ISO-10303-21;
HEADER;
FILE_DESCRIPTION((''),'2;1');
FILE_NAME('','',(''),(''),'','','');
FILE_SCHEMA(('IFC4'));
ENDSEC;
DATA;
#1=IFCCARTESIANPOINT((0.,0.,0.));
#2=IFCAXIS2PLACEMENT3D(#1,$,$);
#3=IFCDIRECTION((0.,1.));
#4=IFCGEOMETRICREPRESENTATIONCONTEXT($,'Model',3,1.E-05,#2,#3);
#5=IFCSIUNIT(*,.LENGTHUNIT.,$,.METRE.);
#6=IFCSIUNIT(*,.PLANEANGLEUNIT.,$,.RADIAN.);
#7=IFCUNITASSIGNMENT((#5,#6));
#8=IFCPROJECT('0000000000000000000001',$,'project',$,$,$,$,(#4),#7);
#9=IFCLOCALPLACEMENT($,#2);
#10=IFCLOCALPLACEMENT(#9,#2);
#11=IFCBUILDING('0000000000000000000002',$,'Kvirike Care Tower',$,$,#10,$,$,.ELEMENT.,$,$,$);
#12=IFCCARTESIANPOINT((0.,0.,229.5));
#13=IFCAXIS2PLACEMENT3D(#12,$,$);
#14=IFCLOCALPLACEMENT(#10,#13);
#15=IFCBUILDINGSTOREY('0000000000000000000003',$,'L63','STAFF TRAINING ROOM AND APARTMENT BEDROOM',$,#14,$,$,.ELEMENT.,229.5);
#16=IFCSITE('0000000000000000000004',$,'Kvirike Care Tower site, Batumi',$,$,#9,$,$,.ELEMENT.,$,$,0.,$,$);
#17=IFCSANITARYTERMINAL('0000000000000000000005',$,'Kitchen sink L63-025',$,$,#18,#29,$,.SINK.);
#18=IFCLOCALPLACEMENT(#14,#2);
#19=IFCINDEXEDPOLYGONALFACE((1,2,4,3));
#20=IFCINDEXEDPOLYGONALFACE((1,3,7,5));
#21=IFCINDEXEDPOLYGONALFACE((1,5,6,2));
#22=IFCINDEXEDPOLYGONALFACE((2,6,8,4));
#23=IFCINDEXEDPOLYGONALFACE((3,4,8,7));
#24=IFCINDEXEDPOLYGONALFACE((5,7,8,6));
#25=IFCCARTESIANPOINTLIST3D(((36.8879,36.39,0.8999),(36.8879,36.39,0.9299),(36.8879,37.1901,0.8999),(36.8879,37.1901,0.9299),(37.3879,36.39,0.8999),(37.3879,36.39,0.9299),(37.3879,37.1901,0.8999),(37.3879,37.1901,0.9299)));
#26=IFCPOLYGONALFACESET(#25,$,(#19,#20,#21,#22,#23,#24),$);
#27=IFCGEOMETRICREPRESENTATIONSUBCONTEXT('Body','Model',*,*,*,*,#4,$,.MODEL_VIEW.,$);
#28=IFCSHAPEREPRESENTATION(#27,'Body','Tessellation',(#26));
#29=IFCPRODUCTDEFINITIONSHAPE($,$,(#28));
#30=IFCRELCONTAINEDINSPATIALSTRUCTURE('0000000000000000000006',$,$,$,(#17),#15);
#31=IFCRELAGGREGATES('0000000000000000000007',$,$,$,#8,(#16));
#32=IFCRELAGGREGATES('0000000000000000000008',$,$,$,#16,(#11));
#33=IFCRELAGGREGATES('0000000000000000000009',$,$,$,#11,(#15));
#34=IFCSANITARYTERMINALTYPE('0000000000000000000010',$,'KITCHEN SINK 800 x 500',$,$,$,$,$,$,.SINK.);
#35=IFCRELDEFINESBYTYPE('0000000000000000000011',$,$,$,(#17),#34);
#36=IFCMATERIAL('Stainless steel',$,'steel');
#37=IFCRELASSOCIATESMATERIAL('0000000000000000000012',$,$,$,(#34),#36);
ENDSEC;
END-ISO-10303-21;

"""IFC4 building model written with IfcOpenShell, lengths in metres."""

from ifc_helpers import new_model, si_unit, direction, frame, origin, origin_2d, place, context, subcontext, project, spatial, rectangle, extrude, material, type_object, element, save


model = new_model("IFC4")

# Units and contexts
model_context = context("Model", 3, precision=1e-05, world=origin(), true_north=direction((0.0, 1.0)))
body_context = subcontext(model_context, "Body", "Model", "MODEL_VIEW")
ifc_project = project(units=[si_unit("LENGTHUNIT", "METRE"), si_unit("PLANEANGLEUNIT", "RADIAN")], contexts=[model_context])

# Site, building, storey
site_placement = place(None, origin())
site = spatial("IfcSite", under=ifc_project, at=site_placement, Name="Kvirike Care Tower site, Batumi", CompositionType="ELEMENT", RefElevation=0.0)
building_placement = place(site_placement, origin())
building = spatial("IfcBuilding", under=site, at=building_placement, Name="Kvirike Care Tower", CompositionType="ELEMENT")
storey_placement = place(building_placement, frame((0.0, 0.0, 229.5)))
storey = spatial("IfcBuildingStorey", under=building, at=storey_placement, Name="L63", Description="STAFF TRAINING ROOM AND APARTMENT BEDROOM", CompositionType="ELEMENT", Elevation=229.5)

# Sanitary terminal
ifc_material_1 = material(Name="Stainless steel", Category="steel")
sanitary_terminal_type = type_object("IfcSanitaryTerminalType", Name="KITCHEN SINK 800 x 500", PredefinedType="SINK", material=ifc_material_1)
sanitary_terminal_placement = place(storey_placement, frame((37.1379, 36.79, 0.8999), z_axis=(0.0, 0.0, 1.0), x_axis=(0.0, -1.0, 0.0)))
element("IfcSanitaryTerminal", 1, at=sanitary_terminal_placement, inside=storey, type_object=sanitary_terminal_type, Name="Kitchen sink L63-025", PredefinedType="SINK", context=body_context, shape_type="SweptSolid", body=[
    extrude(rectangle(XDim=0.8, YDim=0.5, at=origin_2d()), origin(), (0.0, 0.0, 1.0), 0.03),
])

save(model, "model.ifc")
